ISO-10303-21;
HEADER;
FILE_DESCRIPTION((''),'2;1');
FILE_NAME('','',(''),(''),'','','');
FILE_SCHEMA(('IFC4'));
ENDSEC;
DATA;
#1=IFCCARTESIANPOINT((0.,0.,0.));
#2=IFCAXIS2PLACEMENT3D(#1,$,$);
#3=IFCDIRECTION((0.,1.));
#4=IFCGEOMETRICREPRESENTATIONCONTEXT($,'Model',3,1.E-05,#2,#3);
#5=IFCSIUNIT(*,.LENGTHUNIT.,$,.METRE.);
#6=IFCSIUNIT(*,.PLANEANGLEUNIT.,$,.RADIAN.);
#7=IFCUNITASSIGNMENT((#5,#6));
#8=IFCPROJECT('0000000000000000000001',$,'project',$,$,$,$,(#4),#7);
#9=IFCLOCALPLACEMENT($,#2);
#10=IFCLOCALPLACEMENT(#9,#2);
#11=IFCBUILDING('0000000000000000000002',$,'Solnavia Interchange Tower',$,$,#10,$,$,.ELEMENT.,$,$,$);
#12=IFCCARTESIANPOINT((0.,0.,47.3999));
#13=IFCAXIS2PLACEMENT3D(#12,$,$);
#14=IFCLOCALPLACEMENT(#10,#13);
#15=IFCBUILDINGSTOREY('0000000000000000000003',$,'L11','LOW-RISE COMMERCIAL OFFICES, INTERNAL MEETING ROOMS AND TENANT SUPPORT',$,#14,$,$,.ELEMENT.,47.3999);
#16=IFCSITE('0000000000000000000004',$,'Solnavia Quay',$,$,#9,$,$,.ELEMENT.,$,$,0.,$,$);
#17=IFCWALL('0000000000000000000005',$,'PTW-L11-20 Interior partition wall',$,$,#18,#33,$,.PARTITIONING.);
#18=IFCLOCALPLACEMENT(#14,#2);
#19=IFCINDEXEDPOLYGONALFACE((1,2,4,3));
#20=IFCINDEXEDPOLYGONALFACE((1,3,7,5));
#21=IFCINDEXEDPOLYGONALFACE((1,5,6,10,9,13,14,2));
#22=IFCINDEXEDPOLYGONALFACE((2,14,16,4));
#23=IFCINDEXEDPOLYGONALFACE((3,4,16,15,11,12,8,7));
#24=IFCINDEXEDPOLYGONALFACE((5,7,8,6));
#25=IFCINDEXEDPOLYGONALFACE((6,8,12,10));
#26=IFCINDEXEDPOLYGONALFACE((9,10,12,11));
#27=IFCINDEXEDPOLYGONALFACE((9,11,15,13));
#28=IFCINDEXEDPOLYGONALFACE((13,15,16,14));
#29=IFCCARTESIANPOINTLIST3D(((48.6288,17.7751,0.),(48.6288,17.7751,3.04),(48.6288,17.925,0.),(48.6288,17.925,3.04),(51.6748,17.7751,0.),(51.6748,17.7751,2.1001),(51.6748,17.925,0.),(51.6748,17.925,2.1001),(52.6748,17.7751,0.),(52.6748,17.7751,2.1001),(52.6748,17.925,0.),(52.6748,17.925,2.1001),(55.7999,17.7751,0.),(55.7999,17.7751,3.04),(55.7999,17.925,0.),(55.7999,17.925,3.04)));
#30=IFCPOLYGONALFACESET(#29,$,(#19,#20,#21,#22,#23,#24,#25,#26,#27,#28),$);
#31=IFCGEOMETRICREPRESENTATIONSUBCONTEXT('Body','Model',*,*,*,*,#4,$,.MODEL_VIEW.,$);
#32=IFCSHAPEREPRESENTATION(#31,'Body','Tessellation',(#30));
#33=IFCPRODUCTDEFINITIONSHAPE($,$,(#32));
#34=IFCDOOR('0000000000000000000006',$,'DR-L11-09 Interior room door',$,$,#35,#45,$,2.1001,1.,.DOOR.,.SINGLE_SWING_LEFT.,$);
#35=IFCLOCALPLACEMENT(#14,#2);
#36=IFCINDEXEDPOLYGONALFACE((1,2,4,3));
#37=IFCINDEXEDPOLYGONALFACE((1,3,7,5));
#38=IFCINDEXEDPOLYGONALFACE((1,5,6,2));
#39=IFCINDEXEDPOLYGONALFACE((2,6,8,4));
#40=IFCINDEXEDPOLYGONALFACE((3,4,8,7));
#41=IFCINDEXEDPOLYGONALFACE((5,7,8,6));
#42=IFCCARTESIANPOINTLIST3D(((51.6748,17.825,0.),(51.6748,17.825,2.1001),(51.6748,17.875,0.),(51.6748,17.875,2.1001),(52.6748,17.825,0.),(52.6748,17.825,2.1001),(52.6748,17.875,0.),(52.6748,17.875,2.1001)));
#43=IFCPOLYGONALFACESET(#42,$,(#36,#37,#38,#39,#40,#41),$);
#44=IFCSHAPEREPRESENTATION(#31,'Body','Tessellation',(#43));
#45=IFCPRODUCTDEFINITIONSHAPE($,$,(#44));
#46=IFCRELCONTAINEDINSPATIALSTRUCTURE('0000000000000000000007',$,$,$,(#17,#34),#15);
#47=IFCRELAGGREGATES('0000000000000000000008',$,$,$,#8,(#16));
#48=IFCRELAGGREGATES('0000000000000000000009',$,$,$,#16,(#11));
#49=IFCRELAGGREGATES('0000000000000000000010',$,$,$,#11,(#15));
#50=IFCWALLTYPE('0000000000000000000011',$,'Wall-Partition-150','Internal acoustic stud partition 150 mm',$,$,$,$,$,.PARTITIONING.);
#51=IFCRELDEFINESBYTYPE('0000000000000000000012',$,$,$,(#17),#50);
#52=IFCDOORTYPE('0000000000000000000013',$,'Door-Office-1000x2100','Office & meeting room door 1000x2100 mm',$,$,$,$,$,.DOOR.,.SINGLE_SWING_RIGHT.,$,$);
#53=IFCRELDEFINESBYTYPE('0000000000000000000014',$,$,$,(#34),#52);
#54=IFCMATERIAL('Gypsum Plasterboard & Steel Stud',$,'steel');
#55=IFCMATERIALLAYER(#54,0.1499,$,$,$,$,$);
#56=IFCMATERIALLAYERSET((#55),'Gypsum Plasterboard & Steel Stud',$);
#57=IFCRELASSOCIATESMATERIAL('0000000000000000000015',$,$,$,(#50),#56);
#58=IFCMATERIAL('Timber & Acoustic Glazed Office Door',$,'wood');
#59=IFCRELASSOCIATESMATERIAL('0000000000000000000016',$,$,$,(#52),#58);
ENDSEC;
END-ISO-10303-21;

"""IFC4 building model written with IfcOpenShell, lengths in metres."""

from ifc_helpers import new_model, si_unit, direction, frame, frame_2d, origin, place, context, subcontext, project, spatial, rectangle, extrude, material, layer, layer_set, type_object, element, fill, save


model = new_model("IFC4")

# Units and contexts
model_context = context("Model", 3, precision=1e-05, world=origin(), true_north=direction((0.0, 1.0)))
body_context = subcontext(model_context, "Body", "Model", "MODEL_VIEW")
ifc_project = project(units=[si_unit("LENGTHUNIT", "METRE"), si_unit("PLANEANGLEUNIT", "RADIAN")], contexts=[model_context])

# Site, building, storey
site_placement = place(None, origin())
site = spatial("IfcSite", under=ifc_project, at=site_placement, Name="Solnavia Quay", CompositionType="ELEMENT", RefElevation=0.0)
building_placement = place(site_placement, origin())
building = spatial("IfcBuilding", under=site, at=building_placement, Name="Solnavia Interchange Tower", CompositionType="ELEMENT")
storey_placement = place(building_placement, frame((0.0, 0.0, 47.3999)))
storey = spatial("IfcBuildingStorey", under=building, at=storey_placement, Name="L11", Description="LOW-RISE COMMERCIAL OFFICES, INTERNAL MEETING ROOMS AND TENANT SUPPORT", CompositionType="ELEMENT", Elevation=47.3999)

# Shared definitions
ifc_material_1 = material(Name="Gypsum Plasterboard & Steel Stud", Category="steel")
ifc_layer_1 = layer(ifc_material_1, 0.1499)
ifc_layer_set_1 = layer_set([ifc_layer_1], Name="Gypsum Plasterboard & Steel Stud")
wall_type_1 = type_object("IfcWallType", Name="Wall-Partition-150", Description="Internal acoustic stud partition 150 mm", PredefinedType="PARTITIONING", material=ifc_layer_set_1)

# Wall, opening, door
wall_1_placement = place(storey_placement, frame((48.6289, 17.8501, 0.0), z_axis=(0.0, 0.0, 1.0), x_axis=(1.0, 0.0, 0.0)))
wall_1 = element("IfcWall", 1, at=wall_1_placement, inside=storey, type_object=wall_type_1, Name="PTW-L11-20 Interior partition wall", PredefinedType="PARTITIONING", context=body_context, shape_type="SweptSolid", body=[
    extrude(rectangle(XDim=7.1711, YDim=0.1499, at=frame_2d((3.5854, 0.0))), origin(), (0.0, 0.0, 1.0), 3.04),
])
opening_1_placement = place(wall_1_placement, frame((3.0459, 0.0, 0.0)))
opening_1 = element("IfcOpeningElement", 2, at=opening_1_placement, cuts=wall_1, PredefinedType="OPENING", context=body_context, shape_type="SweptSolid", body=[
    extrude(rectangle(XDim=1.0, YDim=2.1001, at=frame_2d((0.5, 1.05))), frame((0.0, 0.085, 0.0), z_axis=(0.0, -1.0, 0.0), x_axis=(1.0, 0.0, 0.0)), (0.0, 0.0, 1.0), 0.1699),
])
ifc_material_2 = material(Name="Timber & Acoustic Glazed Office Door", Category="wood")
door_type = type_object("IfcDoorType", Name="Door-Office-1000x2100", Description="Office & meeting room door 1000x2100 mm", OperationType="SINGLE_SWING_RIGHT", PredefinedType="DOOR", material=ifc_material_2)
door_placement = place(opening_1_placement, origin())
door = element("IfcDoor", 3, at=door_placement, inside=storey, type_object=door_type, Name="DR-L11-09 Interior room door", OperationType="SINGLE_SWING_LEFT", OverallHeight=2.1001, OverallWidth=1.0, PredefinedType="DOOR", context=body_context, shape_type="SweptSolid", body=[
    extrude(rectangle(XDim=1.0, YDim=2.1001, at=frame_2d((0.5, 1.05))), frame((0.0, 0.0249, 0.0), z_axis=(0.0, -1.0, 0.0), x_axis=(1.0, 0.0, 0.0)), (0.0, 0.0, 1.0), 0.05),
])
fill(opening_1, door)

save(model, "model.ifc")
